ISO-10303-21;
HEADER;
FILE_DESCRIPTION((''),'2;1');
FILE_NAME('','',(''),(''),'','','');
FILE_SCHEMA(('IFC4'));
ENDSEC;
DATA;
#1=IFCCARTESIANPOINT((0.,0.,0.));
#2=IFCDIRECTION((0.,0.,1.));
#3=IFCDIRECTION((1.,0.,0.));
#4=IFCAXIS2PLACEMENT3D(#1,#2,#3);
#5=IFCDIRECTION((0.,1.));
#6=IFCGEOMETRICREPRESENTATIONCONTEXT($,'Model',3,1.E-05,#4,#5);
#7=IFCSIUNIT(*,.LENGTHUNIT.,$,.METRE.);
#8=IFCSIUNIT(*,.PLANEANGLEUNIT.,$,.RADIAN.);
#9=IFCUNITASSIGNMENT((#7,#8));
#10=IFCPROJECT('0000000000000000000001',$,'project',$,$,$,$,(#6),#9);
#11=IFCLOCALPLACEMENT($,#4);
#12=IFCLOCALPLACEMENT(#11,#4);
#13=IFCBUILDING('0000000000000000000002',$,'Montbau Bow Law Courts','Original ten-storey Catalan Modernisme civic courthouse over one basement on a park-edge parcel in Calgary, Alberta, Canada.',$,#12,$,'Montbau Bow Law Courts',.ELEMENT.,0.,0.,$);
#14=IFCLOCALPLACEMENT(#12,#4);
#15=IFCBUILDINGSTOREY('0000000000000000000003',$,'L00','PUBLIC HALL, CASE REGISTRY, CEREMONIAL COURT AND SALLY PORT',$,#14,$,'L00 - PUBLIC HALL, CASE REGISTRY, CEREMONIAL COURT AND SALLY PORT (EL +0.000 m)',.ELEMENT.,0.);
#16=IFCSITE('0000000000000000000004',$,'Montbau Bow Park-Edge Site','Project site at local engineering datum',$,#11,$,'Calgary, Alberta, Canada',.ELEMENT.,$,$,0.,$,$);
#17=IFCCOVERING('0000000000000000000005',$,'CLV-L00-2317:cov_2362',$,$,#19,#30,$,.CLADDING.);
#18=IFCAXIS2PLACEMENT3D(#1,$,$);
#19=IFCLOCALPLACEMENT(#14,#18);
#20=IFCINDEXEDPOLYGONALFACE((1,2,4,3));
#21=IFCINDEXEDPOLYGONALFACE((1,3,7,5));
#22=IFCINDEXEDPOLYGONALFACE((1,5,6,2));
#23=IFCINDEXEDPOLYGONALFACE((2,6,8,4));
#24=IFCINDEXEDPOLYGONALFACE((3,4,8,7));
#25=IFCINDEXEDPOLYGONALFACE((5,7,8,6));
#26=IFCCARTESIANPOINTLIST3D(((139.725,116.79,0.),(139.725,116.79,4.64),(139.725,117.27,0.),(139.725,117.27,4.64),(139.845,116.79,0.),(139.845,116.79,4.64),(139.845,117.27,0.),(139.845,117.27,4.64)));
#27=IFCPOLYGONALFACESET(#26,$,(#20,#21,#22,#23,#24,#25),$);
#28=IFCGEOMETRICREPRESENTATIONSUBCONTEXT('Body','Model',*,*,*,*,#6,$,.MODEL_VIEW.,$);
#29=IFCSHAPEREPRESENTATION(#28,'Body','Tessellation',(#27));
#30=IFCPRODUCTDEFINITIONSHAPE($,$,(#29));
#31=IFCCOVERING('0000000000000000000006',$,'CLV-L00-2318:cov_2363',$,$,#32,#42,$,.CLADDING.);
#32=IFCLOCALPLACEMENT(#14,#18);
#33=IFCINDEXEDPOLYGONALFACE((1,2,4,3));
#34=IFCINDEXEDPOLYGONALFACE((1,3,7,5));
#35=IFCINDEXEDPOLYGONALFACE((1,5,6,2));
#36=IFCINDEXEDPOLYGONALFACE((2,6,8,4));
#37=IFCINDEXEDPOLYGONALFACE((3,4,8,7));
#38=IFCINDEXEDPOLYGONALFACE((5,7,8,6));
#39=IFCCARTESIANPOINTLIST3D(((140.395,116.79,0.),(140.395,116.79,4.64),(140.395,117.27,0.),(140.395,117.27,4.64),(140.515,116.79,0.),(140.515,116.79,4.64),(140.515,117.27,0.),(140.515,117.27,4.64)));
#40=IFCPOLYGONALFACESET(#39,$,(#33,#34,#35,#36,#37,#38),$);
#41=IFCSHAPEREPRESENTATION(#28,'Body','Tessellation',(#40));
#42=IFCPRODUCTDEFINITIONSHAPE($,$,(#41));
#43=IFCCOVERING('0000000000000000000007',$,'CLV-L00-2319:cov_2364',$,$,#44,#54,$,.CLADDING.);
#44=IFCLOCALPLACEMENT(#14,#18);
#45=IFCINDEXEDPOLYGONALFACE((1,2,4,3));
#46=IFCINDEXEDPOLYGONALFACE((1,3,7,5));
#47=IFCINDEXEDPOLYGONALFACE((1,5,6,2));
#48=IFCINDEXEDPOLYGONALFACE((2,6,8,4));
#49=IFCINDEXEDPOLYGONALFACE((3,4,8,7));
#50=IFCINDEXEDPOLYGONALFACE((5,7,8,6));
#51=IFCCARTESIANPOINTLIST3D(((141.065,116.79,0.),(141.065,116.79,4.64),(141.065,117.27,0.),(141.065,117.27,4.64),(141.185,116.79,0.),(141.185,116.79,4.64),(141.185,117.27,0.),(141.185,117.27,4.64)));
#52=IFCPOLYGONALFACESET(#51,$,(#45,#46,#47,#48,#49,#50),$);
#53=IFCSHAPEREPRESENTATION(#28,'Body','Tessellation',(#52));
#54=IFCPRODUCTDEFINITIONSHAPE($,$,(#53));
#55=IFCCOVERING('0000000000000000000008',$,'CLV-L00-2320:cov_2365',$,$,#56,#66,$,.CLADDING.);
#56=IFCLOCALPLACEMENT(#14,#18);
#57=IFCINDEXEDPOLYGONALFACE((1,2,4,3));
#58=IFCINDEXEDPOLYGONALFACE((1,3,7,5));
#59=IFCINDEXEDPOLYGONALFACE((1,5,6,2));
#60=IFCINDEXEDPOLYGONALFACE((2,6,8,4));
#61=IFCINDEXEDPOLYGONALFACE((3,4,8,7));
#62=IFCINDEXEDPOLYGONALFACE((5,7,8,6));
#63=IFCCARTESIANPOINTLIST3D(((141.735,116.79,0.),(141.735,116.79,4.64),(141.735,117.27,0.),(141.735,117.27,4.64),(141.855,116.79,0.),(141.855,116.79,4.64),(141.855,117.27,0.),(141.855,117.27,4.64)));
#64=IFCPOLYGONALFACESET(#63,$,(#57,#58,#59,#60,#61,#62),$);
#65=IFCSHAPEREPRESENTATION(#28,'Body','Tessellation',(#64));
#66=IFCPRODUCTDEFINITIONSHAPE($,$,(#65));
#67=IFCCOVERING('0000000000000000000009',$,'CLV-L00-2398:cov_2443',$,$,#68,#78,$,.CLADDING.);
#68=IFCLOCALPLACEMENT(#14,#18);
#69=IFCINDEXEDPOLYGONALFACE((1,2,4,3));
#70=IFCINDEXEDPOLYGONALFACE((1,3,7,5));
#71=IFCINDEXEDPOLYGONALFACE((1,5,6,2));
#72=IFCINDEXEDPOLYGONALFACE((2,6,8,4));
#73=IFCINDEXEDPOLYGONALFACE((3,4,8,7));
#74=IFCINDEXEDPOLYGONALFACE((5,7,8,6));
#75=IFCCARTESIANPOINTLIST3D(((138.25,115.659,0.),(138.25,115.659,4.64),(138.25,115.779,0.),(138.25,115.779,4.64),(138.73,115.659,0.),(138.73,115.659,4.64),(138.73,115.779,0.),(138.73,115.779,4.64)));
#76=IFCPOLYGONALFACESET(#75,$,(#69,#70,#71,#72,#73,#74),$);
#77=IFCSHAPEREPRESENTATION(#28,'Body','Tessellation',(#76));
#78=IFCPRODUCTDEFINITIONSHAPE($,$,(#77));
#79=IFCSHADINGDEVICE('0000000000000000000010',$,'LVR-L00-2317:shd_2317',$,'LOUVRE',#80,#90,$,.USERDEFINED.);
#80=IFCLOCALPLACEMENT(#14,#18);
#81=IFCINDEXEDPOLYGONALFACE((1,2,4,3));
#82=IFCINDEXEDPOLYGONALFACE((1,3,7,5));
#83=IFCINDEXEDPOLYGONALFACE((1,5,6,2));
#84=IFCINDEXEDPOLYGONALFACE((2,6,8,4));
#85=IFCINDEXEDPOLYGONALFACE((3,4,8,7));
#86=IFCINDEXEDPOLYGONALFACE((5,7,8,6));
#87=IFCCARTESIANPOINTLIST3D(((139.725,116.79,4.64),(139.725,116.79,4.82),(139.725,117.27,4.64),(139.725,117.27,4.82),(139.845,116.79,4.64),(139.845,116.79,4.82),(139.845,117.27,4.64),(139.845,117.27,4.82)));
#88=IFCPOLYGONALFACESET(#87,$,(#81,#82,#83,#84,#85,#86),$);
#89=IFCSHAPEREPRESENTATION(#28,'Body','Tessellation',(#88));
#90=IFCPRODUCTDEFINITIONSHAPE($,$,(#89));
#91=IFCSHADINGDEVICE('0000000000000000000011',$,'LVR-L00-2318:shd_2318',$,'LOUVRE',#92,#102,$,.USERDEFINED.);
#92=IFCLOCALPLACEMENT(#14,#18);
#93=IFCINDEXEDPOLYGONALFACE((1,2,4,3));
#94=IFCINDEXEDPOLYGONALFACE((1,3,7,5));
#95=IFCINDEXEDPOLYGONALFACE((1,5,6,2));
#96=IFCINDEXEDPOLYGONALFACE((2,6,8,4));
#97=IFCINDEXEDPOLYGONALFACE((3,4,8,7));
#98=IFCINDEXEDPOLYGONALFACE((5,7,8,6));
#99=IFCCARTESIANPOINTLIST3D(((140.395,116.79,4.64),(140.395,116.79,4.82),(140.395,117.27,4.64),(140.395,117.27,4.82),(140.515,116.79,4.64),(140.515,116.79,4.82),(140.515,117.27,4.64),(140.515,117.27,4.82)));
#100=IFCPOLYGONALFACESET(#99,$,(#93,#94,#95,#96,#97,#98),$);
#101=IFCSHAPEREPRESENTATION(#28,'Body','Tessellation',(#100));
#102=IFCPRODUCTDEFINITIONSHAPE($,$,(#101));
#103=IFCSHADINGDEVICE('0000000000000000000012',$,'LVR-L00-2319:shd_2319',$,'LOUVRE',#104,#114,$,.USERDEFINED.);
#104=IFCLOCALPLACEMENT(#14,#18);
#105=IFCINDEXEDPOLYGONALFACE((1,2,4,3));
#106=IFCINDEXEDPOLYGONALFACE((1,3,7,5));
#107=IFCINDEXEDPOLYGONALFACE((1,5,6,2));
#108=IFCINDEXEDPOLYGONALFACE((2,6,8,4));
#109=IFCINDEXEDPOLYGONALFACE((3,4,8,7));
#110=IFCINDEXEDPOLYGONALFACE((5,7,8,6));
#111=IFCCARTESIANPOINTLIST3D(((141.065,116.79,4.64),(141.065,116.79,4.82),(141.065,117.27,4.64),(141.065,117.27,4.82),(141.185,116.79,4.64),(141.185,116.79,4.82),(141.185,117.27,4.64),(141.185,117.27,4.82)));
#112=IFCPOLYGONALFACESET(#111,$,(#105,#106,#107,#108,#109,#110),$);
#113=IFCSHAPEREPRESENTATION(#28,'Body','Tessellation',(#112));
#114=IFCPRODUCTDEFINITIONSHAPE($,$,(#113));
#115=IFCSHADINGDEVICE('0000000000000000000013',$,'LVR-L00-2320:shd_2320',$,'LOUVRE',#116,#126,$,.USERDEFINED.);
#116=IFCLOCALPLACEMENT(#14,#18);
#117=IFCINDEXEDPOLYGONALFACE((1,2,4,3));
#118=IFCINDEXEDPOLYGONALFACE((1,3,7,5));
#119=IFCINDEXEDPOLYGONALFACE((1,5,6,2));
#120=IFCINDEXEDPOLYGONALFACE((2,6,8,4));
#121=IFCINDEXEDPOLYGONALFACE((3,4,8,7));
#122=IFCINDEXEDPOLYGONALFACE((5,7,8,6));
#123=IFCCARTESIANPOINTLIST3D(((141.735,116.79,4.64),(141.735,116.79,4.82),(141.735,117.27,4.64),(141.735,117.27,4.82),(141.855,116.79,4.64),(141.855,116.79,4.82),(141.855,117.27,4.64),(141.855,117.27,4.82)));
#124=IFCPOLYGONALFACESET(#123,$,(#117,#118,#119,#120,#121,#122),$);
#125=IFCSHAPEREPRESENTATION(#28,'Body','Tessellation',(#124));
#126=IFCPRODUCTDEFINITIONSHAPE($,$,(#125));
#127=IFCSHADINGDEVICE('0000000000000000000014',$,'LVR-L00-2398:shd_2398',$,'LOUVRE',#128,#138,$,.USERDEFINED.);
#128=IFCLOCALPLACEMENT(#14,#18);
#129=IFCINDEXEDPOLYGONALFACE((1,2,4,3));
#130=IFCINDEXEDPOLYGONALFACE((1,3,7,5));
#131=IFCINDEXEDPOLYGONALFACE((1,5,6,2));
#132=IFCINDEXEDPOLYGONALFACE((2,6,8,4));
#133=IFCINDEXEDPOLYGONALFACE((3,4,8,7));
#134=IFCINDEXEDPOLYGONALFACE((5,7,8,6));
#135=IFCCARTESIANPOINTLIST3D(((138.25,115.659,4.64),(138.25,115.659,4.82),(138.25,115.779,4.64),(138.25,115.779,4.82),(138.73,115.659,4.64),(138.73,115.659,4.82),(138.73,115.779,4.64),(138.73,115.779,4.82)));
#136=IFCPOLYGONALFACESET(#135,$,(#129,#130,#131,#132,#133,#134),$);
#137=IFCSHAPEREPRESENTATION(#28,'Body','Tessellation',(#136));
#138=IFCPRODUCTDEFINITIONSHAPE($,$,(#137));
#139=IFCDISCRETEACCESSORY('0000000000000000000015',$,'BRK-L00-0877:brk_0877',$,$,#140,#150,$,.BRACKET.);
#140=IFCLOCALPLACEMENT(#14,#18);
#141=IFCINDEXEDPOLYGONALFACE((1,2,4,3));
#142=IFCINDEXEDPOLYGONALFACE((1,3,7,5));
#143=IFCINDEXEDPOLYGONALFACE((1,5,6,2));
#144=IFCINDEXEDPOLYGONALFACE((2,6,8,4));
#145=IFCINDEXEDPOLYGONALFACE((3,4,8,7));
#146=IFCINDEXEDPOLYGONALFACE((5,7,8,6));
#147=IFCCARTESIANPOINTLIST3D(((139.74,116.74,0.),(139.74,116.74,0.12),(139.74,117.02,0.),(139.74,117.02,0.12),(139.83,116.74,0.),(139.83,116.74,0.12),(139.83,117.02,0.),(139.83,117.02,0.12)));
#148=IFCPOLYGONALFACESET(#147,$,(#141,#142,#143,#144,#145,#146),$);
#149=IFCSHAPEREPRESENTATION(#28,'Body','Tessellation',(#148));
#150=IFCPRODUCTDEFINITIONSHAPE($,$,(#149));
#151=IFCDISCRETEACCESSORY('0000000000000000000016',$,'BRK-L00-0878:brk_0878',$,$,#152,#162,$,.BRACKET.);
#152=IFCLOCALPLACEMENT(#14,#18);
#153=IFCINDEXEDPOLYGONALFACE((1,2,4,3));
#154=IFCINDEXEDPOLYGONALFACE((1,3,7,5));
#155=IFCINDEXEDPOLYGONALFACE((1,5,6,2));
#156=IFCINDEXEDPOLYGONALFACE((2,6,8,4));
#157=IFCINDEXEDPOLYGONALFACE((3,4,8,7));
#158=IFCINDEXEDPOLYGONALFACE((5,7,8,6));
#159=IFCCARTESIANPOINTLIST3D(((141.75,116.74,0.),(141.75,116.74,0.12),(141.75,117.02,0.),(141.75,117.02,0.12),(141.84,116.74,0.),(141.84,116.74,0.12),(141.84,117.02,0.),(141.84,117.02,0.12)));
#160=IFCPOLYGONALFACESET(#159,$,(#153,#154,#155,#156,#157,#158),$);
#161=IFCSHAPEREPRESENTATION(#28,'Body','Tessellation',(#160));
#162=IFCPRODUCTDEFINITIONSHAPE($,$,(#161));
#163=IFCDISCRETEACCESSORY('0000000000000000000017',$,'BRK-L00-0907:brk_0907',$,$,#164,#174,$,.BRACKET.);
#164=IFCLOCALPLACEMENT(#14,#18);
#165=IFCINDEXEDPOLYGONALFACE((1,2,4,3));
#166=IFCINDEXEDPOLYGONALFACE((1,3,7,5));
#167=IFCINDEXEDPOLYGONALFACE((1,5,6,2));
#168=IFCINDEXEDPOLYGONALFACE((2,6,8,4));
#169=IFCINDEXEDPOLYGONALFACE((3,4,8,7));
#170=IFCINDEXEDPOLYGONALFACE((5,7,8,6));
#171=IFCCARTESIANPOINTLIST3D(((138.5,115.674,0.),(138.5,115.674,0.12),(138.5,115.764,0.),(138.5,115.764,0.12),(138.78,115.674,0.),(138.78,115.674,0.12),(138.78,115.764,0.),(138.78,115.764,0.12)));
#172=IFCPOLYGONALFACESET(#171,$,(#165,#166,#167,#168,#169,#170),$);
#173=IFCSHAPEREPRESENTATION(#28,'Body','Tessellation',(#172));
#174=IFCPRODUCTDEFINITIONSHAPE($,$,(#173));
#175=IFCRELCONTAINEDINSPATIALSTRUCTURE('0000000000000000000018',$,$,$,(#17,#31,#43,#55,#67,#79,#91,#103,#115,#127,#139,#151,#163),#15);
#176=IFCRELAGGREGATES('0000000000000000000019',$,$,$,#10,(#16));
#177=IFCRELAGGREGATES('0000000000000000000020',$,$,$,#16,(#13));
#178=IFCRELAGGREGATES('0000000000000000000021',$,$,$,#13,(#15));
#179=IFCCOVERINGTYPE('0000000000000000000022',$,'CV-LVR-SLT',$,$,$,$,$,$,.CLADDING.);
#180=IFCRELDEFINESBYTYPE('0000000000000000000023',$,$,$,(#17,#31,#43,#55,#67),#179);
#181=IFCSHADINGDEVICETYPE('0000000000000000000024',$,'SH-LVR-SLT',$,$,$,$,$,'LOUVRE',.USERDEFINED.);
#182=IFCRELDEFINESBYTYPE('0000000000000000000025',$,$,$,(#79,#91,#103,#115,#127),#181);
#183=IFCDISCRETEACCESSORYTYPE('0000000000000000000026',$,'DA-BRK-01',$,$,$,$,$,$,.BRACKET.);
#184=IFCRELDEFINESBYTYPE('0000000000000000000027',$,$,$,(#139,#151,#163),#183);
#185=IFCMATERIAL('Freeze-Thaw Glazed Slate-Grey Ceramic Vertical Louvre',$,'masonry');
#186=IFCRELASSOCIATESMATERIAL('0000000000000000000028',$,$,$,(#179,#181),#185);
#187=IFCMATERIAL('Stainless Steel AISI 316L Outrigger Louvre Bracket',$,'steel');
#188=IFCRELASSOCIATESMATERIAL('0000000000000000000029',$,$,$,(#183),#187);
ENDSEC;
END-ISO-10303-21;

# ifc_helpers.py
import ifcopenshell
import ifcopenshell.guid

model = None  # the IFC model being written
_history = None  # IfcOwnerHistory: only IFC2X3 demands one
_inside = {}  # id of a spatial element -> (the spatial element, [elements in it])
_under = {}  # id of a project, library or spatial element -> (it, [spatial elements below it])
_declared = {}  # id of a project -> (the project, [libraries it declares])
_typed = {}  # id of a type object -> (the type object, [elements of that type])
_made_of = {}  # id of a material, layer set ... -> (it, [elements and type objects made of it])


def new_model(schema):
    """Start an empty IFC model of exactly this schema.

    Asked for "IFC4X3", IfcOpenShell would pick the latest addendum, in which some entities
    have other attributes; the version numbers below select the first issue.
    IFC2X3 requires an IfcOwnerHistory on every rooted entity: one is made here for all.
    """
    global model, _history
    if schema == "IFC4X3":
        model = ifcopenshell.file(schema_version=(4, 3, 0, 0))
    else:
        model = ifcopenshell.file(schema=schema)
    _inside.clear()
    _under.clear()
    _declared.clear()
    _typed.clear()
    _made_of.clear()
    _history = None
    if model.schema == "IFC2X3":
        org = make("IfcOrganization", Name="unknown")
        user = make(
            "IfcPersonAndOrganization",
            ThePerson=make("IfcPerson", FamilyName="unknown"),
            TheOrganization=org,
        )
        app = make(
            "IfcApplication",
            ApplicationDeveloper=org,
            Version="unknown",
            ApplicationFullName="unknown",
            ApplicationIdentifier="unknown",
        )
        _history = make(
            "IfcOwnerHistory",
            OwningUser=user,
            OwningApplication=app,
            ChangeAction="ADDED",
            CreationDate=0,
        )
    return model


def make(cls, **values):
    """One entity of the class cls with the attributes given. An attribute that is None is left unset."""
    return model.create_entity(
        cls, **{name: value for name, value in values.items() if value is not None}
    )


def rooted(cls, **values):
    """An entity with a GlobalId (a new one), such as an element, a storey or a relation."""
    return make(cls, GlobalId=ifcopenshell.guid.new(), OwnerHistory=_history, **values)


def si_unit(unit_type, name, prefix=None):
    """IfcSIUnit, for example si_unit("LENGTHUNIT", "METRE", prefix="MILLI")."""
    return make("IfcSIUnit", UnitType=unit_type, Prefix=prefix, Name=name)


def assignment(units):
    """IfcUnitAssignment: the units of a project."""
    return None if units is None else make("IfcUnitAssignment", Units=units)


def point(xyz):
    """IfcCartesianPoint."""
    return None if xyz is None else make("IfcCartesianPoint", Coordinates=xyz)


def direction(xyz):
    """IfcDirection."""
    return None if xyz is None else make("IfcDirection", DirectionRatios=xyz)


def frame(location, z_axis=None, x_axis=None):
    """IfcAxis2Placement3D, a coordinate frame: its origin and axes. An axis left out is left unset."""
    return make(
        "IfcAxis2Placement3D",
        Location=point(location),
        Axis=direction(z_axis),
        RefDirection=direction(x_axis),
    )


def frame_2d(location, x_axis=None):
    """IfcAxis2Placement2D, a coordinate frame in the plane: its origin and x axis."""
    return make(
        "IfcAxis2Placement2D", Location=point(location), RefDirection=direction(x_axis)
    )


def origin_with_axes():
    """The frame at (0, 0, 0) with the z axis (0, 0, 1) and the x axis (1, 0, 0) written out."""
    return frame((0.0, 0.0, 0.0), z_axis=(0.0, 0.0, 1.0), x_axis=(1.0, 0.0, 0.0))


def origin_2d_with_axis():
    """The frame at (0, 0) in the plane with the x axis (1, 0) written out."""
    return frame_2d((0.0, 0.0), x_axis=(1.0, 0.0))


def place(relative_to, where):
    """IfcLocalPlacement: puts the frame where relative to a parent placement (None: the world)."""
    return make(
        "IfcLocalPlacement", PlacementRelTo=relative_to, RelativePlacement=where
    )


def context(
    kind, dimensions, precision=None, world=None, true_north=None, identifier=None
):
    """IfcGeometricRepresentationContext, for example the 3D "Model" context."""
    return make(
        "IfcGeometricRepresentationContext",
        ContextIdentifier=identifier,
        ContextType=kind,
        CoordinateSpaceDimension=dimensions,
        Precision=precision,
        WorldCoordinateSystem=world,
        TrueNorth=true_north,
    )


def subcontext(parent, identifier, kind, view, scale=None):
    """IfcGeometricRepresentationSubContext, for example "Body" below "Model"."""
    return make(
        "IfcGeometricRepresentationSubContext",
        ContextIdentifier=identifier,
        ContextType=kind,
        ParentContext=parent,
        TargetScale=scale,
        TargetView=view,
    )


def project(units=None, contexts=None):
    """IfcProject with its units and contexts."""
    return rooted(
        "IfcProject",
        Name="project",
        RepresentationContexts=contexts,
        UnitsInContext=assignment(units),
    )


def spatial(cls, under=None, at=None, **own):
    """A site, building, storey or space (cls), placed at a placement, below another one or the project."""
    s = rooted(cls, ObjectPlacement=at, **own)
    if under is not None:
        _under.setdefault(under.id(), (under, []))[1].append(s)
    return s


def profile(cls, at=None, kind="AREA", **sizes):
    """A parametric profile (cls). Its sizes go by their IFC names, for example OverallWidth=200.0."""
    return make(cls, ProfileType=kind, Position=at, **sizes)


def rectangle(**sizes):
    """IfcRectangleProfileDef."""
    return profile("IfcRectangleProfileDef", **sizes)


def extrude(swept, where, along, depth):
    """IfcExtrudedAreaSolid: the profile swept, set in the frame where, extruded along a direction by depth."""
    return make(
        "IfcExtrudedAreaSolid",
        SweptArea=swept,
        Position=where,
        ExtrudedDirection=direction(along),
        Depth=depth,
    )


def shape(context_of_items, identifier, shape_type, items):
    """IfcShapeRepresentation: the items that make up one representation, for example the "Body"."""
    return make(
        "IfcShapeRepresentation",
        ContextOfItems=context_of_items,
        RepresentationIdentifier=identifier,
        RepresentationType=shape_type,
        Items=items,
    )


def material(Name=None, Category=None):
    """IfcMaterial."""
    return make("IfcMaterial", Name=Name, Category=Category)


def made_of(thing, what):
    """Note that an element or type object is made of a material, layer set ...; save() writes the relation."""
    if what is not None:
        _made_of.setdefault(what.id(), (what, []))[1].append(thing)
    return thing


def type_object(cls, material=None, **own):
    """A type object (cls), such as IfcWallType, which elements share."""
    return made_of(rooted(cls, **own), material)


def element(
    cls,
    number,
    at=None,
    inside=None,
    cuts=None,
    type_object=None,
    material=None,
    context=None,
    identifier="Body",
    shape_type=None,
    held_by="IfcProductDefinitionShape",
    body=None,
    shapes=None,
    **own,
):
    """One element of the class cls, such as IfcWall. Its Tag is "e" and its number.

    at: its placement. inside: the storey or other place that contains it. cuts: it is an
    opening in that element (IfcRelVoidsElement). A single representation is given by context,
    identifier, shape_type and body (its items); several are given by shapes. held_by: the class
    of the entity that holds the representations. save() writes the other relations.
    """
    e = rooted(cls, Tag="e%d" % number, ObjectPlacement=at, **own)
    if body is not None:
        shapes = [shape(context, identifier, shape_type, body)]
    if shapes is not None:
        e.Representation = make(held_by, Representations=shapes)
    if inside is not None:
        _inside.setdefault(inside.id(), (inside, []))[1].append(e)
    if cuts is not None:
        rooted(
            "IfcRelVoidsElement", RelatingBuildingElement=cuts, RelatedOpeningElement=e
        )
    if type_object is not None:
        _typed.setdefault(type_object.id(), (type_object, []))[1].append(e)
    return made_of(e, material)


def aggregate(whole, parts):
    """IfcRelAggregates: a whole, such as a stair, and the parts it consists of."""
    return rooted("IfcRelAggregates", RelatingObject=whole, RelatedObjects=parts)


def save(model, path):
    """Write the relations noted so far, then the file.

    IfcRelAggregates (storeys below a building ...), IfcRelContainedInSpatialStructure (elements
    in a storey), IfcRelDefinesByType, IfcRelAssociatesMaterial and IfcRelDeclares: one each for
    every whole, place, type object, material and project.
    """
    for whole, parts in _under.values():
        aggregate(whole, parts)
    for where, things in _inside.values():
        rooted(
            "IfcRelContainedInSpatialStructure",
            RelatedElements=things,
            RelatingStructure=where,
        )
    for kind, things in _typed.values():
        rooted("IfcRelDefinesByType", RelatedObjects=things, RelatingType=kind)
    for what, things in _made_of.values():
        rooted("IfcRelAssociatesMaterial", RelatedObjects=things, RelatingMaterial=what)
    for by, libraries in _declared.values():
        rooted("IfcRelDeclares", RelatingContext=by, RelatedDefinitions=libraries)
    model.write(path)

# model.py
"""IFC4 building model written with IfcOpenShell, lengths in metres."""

from ifc_helpers import new_model, si_unit, direction, frame, frame_2d, origin_with_axes, origin_2d_with_axis, place, context, subcontext, project, spatial, rectangle, extrude, material, type_object, element, save


model = new_model("IFC4")

# Units and contexts
model_context = context("Model", 3, precision=1e-05, world=origin_with_axes(), true_north=direction((0.0, 1.0)))
body_context = subcontext(model_context, "Body", "Model", "MODEL_VIEW")
ifc_project = project(units=[si_unit("LENGTHUNIT", "METRE"), si_unit("PLANEANGLEUNIT", "RADIAN")], contexts=[model_context])

# Site, building, storey
site_placement = place(None, origin_with_axes())
site = spatial("IfcSite", under=ifc_project, at=site_placement, Name="Montbau Bow Park-Edge Site", Description="Project site at local engineering datum", LongName="Calgary, Alberta, Canada", CompositionType="ELEMENT", RefElevation=0.0)
building_placement = place(site_placement, origin_with_axes())
building = spatial("IfcBuilding", under=site, at=building_placement, Name="Montbau Bow Law Courts", Description="Original ten-storey Catalan Modernisme civic courthouse over one basement on a park-edge parcel in Calgary, Alberta, Canada.", LongName="Montbau Bow Law Courts", CompositionType="ELEMENT", ElevationOfRefHeight=0.0, ElevationOfTerrain=0.0)
storey_placement = place(building_placement, origin_with_axes())
storey = spatial("IfcBuildingStorey", under=building, at=storey_placement, Name="L00", Description="PUBLIC HALL, CASE REGISTRY, CEREMONIAL COURT AND SALLY PORT", LongName="L00 - PUBLIC HALL, CASE REGISTRY, CEREMONIAL COURT AND SALLY PORT (EL +0.000 m)", CompositionType="ELEMENT", Elevation=0.0)

# Coverings
ifc_material_1 = material(Name="Freeze-Thaw Glazed Slate-Grey Ceramic Vertical Louvre", Category="masonry")
covering_type = type_object("IfcCoveringType", Name="CV-LVR-SLT", PredefinedType="CLADDING", material=ifc_material_1)
for number, where, z_axis, x_axis, name in (
    (1, (139.785, 116.79, 0.0), (1.0, 0.0, 0.0), (0.0, 1.0, 0.0), "CLV-L00-2317:cov_2362"),
    (2, (140.455, 116.79, 0.0), (1.0, 0.0, 0.0), (0.0, 1.0, 0.0), "CLV-L00-2318:cov_2363"),
    (3, (141.125, 116.79, 0.0), (1.0, 0.0, 0.0), (0.0, 1.0, 0.0), "CLV-L00-2319:cov_2364"),
    (4, (141.795, 116.79, 0.0), (1.0, 0.0, 0.0), (0.0, 1.0, 0.0), "CLV-L00-2320:cov_2365"),
    (5, (138.73, 115.719, 0.0), (0.0, 1.0, 0.0), (-1.0, 0.0, 0.0), "CLV-L00-2398:cov_2443"),
):
    element("IfcCovering", number, at=place(None, frame(where, z_axis=z_axis, x_axis=x_axis)), inside=storey, type_object=covering_type, Name=name, PredefinedType="CLADDING", context=body_context, shape_type="SweptSolid", body=[
        extrude(rectangle(XDim=0.48, YDim=4.64, at=frame_2d((0.24, 2.32), x_axis=(1.0, 0.0))), frame((0.0, 0.0, -0.06), z_axis=(0.0, 0.0, 1.0), x_axis=(1.0, 0.0, 0.0)), (0.0, 0.0, 1.0), 0.12),
    ])

# Shading devices
shading_device_type = type_object("IfcShadingDeviceType", Name="SH-LVR-SLT", ElementType="LOUVRE", PredefinedType="USERDEFINED", material=ifc_material_1)
for number, where, z_axis, x_axis, name in (
    (6, (139.785, 117.03, 4.64), (0.0, 0.0, 1.0), (0.0, 1.0, 0.0), "LVR-L00-2317:shd_2317"),
    (7, (140.455, 117.03, 4.64), (0.0, 0.0, 1.0), (0.0, 1.0, 0.0), "LVR-L00-2318:shd_2318"),
    (8, (141.125, 117.03, 4.64), (0.0, 0.0, 1.0), (0.0, 1.0, 0.0), "LVR-L00-2319:shd_2319"),
    (9, (141.795, 117.03, 4.64), (0.0, 0.0, 1.0), (0.0, 1.0, 0.0), "LVR-L00-2320:shd_2320"),
    (10, (138.49, 115.719, 4.64), (0.0, 0.0, 1.0), (-1.0, 0.0, 0.0), "LVR-L00-2398:shd_2398"),
):
    element("IfcShadingDevice", number, at=place(None, frame(where, z_axis=z_axis, x_axis=x_axis)), inside=storey, type_object=shading_device_type, Name=name, ObjectType="LOUVRE", PredefinedType="USERDEFINED", context=body_context, shape_type="SweptSolid", body=[
        extrude(rectangle(XDim=0.48, YDim=0.12, at=origin_2d_with_axis()), origin_with_axes(), (0.0, 0.0, 1.0), 0.18),
    ])

# Discrete accessories
ifc_material_2 = material(Name="Stainless Steel AISI 316L Outrigger Louvre Bracket", Category="steel")
discrete_accessory_type = type_object("IfcDiscreteAccessoryType", Name="DA-BRK-01", PredefinedType="BRACKET", material=ifc_material_2)
for number, where, z_axis, x_axis, name in (
    (11, (139.785, 116.88, 0.0), (0.0, 0.0, 1.0), (0.0, 1.0, 0.0), "BRK-L00-0877:brk_0877"),
    (12, (141.795, 116.88, 0.0), (0.0, 0.0, 1.0), (0.0, 1.0, 0.0), "BRK-L00-0878:brk_0878"),
    (13, (138.64, 115.719, 0.0), (0.0, 0.0, 1.0), (-1.0, 0.0, 0.0), "BRK-L00-0907:brk_0907"),
):
    element("IfcDiscreteAccessory", number, at=place(None, frame(where, z_axis=z_axis, x_axis=x_axis)), inside=storey, type_object=discrete_accessory_type, Name=name, PredefinedType="BRACKET", context=body_context, shape_type="SweptSolid", body=[
        extrude(rectangle(XDim=0.28, YDim=0.09, at=origin_2d_with_axis()), origin_with_axes(), (0.0, 0.0, 1.0), 0.12),
    ])

save(model, "model.ifc")
